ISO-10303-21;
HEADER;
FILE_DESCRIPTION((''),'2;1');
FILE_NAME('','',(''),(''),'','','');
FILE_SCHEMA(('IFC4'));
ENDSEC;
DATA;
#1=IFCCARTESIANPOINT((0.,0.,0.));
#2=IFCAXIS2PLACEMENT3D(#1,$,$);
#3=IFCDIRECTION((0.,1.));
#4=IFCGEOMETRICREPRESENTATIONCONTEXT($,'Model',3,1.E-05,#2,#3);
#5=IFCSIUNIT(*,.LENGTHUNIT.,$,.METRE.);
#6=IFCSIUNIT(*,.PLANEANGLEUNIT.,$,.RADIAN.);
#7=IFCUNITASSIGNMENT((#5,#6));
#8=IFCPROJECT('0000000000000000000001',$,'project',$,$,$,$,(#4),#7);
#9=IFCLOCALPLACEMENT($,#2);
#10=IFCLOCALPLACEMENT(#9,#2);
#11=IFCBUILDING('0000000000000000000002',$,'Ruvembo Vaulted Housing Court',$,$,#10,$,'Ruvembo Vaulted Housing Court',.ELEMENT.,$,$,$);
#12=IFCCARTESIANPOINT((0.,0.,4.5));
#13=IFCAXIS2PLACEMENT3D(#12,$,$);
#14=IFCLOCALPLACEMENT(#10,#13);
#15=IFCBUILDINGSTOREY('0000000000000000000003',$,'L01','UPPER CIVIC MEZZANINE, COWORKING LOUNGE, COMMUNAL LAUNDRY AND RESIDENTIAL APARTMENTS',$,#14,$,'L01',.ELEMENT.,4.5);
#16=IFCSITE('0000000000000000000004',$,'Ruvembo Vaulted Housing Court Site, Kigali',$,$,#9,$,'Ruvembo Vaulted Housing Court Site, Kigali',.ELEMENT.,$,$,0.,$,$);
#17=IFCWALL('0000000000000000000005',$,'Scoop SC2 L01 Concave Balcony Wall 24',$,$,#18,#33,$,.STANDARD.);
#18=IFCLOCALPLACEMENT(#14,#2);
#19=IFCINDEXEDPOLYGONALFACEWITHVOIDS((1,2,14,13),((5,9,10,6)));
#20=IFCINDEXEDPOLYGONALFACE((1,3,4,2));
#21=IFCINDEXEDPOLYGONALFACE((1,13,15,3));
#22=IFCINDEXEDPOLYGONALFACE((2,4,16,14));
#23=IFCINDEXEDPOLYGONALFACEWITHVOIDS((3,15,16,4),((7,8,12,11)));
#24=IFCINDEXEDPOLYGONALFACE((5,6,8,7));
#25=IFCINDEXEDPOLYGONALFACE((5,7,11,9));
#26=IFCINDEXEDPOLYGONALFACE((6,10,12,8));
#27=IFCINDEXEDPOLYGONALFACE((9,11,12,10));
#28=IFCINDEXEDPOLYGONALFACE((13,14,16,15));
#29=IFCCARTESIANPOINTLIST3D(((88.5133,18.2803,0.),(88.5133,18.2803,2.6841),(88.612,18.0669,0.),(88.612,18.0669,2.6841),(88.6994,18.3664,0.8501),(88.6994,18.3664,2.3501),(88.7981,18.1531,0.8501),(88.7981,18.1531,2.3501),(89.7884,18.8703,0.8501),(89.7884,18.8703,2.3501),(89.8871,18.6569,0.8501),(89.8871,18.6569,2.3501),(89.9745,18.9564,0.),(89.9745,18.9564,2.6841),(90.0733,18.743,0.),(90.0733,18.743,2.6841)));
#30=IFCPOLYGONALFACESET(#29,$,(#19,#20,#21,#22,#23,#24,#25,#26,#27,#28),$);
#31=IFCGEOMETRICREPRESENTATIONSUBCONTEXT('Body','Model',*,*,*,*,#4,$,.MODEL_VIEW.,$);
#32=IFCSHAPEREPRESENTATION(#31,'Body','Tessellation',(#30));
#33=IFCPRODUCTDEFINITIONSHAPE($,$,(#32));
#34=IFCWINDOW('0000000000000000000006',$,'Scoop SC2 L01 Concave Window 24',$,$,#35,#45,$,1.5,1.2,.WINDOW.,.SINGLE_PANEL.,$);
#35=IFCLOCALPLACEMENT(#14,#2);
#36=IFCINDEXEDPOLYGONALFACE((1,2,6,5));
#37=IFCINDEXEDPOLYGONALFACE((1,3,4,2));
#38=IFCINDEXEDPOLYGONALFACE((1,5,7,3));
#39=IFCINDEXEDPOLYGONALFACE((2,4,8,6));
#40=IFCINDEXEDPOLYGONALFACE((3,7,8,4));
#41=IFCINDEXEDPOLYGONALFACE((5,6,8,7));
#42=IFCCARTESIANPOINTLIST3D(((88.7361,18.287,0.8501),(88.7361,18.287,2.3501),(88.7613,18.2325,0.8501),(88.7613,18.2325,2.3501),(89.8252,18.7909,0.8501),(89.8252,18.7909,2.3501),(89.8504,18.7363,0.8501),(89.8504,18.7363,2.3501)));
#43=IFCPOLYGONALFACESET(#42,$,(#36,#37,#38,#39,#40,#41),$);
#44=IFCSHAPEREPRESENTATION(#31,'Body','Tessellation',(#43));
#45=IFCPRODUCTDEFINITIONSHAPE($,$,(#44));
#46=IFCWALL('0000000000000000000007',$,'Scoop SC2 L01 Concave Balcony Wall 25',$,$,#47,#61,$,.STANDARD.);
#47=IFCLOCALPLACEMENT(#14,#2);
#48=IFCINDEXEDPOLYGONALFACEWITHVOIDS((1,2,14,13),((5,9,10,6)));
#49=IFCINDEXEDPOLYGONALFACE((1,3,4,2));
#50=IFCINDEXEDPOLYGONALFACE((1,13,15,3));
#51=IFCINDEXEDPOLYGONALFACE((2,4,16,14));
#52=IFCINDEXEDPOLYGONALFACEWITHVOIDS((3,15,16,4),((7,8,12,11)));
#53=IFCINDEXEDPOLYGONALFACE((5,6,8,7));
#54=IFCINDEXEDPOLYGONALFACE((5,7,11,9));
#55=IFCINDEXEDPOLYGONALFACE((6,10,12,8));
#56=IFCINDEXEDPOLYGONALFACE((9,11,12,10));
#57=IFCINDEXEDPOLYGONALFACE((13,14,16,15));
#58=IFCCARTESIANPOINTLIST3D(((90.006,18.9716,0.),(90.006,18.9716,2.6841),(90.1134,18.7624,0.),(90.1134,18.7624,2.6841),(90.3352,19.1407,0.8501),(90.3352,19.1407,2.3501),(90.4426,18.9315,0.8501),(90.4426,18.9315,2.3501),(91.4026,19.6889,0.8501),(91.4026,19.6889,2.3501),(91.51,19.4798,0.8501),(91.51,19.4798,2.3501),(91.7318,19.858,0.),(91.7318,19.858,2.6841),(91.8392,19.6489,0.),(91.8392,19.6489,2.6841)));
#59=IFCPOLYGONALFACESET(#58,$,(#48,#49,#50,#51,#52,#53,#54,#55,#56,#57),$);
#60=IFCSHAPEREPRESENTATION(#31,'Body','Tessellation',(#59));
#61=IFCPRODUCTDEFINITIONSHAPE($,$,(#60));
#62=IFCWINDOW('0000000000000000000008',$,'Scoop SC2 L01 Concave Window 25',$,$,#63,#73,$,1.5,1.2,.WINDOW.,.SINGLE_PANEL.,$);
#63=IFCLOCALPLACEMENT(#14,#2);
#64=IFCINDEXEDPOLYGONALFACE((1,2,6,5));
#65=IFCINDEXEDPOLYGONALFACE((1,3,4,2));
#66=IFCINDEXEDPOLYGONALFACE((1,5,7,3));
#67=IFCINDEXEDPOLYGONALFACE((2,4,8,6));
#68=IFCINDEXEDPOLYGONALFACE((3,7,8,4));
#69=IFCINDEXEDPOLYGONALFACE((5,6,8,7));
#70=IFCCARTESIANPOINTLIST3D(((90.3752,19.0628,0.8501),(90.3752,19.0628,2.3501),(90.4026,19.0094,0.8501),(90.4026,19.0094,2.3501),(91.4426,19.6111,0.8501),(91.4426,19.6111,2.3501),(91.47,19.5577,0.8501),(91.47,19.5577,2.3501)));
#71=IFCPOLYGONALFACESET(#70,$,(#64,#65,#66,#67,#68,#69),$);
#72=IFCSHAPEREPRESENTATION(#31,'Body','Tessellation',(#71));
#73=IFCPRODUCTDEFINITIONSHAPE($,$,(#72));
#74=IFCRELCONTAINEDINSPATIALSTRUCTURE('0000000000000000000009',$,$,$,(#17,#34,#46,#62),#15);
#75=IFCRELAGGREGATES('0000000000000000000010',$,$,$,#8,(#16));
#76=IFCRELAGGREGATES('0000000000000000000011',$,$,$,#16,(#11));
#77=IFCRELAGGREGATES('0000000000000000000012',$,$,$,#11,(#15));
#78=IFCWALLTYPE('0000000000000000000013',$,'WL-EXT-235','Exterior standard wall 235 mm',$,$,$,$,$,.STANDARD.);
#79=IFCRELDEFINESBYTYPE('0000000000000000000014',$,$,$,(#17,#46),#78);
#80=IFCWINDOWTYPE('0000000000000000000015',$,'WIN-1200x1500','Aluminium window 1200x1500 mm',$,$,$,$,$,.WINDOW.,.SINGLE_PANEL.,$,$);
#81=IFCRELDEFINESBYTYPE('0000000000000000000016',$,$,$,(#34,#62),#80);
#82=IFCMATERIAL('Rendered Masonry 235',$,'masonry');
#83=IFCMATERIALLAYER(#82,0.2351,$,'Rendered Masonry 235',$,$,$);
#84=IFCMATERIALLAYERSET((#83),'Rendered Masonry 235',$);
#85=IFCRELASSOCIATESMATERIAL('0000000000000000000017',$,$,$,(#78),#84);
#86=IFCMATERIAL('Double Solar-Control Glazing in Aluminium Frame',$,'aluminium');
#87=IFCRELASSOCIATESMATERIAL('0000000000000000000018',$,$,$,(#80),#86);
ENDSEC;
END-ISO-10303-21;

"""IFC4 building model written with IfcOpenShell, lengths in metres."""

from ifc_helpers import new_model, si_unit, direction, frame, frame_2d, origin, place, context, subcontext, project, spatial, rectangle, extrude, material, layer, layer_set, type_object, element, fill, save


model = new_model("IFC4")

# Units and contexts
model_context = context("Model", 3, precision=1e-05, world=origin(), true_north=direction((0.0, 1.0)))
body_context = subcontext(model_context, "Body", "Model", "MODEL_VIEW")
ifc_project = project(units=[si_unit("LENGTHUNIT", "METRE"), si_unit("PLANEANGLEUNIT", "RADIAN")], contexts=[model_context])

# Site, building, storey
site_placement = place(None, origin())
site = spatial("IfcSite", under=ifc_project, at=site_placement, Name="Ruvembo Vaulted Housing Court Site, Kigali", LongName="Ruvembo Vaulted Housing Court Site, Kigali", CompositionType="ELEMENT", RefElevation=0.0)
building_placement = place(site_placement, origin())
building = spatial("IfcBuilding", under=site, at=building_placement, Name="Ruvembo Vaulted Housing Court", LongName="Ruvembo Vaulted Housing Court", CompositionType="ELEMENT")
storey_placement = place(building_placement, frame((0.0, 0.0, 4.5)))
storey = spatial("IfcBuildingStorey", under=building, at=storey_placement, Name="L01", Description="UPPER CIVIC MEZZANINE, COWORKING LOUNGE, COMMUNAL LAUNDRY AND RESIDENTIAL APARTMENTS", LongName="L01", CompositionType="ELEMENT", Elevation=4.5)

# Walls, openings, windows
ifc_material_1 = material(Name="Rendered Masonry 235", Category="masonry")
ifc_layer_1 = layer(ifc_material_1, 0.2351, Name="Rendered Masonry 235")
ifc_layer_set_1 = layer_set([ifc_layer_1], Name="Rendered Masonry 235")
wall_type = type_object("IfcWallType", Name="WL-EXT-235", Description="Exterior standard wall 235 mm", PredefinedType="STANDARD", material=ifc_layer_set_1)
wall_1_placement = place(storey_placement, frame((88.5625, 18.1736, 0.0), z_axis=(0.0, 0.0, 1.0), x_axis=(0.907573, 0.419895, 0.0)))
wall_1 = element("IfcWall", 1, at=wall_1_placement, inside=storey, type_object=wall_type, Name="Scoop SC2 L01 Concave Balcony Wall 24", PredefinedType="STANDARD", context=body_context, shape_type="SweptSolid", body=[
    extrude(rectangle(XDim=1.6101, YDim=0.2351, at=frame_2d((0.8052, 0.0))), origin(), (0.0, 0.0, 1.0), 2.6841),
])
opening_1_placement = place(wall_1_placement, frame((0.2051, 0.0, 0.8501)))
opening_1 = element("IfcOpeningElement", 2, at=opening_1_placement, cuts=wall_1, PredefinedType="OPENING", context=body_context, shape_type="SweptSolid", body=[
    extrude(rectangle(XDim=1.2, YDim=1.5, at=frame_2d((0.6001, 0.75))), frame((0.0, 0.1274, 0.0), z_axis=(0.0, -1.0, 0.0), x_axis=(1.0, 0.0, 0.0)), (0.0, 0.0, 1.0), 0.2551),
])
ifc_material_2 = material(Name="Double Solar-Control Glazing in Aluminium Frame", Category="aluminium")
window_type = type_object("IfcWindowType", Name="WIN-1200x1500", Description="Aluminium window 1200x1500 mm", PartitioningType="SINGLE_PANEL", PredefinedType="WINDOW", material=ifc_material_2)
window_1_placement = place(opening_1_placement, origin())
window_1 = element("IfcWindow", 3, at=window_1_placement, inside=storey, type_object=window_type, Name="Scoop SC2 L01 Concave Window 24", OverallHeight=1.5, OverallWidth=1.2, PartitioningType="SINGLE_PANEL", PredefinedType="WINDOW", context=body_context, shape_type="SweptSolid", body=[
    extrude(rectangle(XDim=1.2, YDim=1.5, at=frame_2d((0.6001, 0.75))), frame((0.0, 0.03, 0.0), z_axis=(0.0, -1.0, 0.0), x_axis=(1.0, 0.0, 0.0)), (0.0, 0.0, 1.0), 0.0601),
])
fill(opening_1, window_1)
wall_2_placement = place(storey_placement, frame((90.0596, 18.8669, 0.0), z_axis=(0.0, 0.0, 1.0), x_axis=(0.889517, 0.456902, 0.0)))
wall_2 = element("IfcWall", 4, at=wall_2_placement, inside=storey, type_object=wall_type, Name="Scoop SC2 L01 Concave Balcony Wall 25", PredefinedType="STANDARD", context=body_context, shape_type="SweptSolid", body=[
    extrude(rectangle(XDim=1.9402, YDim=0.2351, at=frame_2d((0.9702, 0.0))), origin(), (0.0, 0.0, 1.0), 2.6841),
])
opening_2_placement = place(wall_2_placement, frame((0.3701, 0.0, 0.8501)))
opening_2 = element("IfcOpeningElement", 5, at=opening_2_placement, cuts=wall_2, PredefinedType="OPENING", context=body_context, shape_type="SweptSolid", body=[
    extrude(rectangle(XDim=1.2, YDim=1.5, at=frame_2d((0.6001, 0.75))), frame((0.0, 0.1274, 0.0), z_axis=(0.0, -1.0, 0.0), x_axis=(1.0, 0.0, 0.0)), (0.0, 0.0, 1.0), 0.2551),
])
window_2_placement = place(opening_2_placement, origin())
window_2 = element("IfcWindow", 6, at=window_2_placement, inside=storey, type_object=window_type, Name="Scoop SC2 L01 Concave Window 25", OverallHeight=1.5, OverallWidth=1.2, PartitioningType="SINGLE_PANEL", PredefinedType="WINDOW", context=body_context, shape_type="SweptSolid", body=[
    extrude(rectangle(XDim=1.2, YDim=1.5, at=frame_2d((0.6001, 0.75))), frame((0.0, 0.03, 0.0), z_axis=(0.0, -1.0, 0.0), x_axis=(1.0, 0.0, 0.0)), (0.0, 0.0, 1.0), 0.0601),
])
fill(opening_2, window_2)

save(model, "model.ifc")
